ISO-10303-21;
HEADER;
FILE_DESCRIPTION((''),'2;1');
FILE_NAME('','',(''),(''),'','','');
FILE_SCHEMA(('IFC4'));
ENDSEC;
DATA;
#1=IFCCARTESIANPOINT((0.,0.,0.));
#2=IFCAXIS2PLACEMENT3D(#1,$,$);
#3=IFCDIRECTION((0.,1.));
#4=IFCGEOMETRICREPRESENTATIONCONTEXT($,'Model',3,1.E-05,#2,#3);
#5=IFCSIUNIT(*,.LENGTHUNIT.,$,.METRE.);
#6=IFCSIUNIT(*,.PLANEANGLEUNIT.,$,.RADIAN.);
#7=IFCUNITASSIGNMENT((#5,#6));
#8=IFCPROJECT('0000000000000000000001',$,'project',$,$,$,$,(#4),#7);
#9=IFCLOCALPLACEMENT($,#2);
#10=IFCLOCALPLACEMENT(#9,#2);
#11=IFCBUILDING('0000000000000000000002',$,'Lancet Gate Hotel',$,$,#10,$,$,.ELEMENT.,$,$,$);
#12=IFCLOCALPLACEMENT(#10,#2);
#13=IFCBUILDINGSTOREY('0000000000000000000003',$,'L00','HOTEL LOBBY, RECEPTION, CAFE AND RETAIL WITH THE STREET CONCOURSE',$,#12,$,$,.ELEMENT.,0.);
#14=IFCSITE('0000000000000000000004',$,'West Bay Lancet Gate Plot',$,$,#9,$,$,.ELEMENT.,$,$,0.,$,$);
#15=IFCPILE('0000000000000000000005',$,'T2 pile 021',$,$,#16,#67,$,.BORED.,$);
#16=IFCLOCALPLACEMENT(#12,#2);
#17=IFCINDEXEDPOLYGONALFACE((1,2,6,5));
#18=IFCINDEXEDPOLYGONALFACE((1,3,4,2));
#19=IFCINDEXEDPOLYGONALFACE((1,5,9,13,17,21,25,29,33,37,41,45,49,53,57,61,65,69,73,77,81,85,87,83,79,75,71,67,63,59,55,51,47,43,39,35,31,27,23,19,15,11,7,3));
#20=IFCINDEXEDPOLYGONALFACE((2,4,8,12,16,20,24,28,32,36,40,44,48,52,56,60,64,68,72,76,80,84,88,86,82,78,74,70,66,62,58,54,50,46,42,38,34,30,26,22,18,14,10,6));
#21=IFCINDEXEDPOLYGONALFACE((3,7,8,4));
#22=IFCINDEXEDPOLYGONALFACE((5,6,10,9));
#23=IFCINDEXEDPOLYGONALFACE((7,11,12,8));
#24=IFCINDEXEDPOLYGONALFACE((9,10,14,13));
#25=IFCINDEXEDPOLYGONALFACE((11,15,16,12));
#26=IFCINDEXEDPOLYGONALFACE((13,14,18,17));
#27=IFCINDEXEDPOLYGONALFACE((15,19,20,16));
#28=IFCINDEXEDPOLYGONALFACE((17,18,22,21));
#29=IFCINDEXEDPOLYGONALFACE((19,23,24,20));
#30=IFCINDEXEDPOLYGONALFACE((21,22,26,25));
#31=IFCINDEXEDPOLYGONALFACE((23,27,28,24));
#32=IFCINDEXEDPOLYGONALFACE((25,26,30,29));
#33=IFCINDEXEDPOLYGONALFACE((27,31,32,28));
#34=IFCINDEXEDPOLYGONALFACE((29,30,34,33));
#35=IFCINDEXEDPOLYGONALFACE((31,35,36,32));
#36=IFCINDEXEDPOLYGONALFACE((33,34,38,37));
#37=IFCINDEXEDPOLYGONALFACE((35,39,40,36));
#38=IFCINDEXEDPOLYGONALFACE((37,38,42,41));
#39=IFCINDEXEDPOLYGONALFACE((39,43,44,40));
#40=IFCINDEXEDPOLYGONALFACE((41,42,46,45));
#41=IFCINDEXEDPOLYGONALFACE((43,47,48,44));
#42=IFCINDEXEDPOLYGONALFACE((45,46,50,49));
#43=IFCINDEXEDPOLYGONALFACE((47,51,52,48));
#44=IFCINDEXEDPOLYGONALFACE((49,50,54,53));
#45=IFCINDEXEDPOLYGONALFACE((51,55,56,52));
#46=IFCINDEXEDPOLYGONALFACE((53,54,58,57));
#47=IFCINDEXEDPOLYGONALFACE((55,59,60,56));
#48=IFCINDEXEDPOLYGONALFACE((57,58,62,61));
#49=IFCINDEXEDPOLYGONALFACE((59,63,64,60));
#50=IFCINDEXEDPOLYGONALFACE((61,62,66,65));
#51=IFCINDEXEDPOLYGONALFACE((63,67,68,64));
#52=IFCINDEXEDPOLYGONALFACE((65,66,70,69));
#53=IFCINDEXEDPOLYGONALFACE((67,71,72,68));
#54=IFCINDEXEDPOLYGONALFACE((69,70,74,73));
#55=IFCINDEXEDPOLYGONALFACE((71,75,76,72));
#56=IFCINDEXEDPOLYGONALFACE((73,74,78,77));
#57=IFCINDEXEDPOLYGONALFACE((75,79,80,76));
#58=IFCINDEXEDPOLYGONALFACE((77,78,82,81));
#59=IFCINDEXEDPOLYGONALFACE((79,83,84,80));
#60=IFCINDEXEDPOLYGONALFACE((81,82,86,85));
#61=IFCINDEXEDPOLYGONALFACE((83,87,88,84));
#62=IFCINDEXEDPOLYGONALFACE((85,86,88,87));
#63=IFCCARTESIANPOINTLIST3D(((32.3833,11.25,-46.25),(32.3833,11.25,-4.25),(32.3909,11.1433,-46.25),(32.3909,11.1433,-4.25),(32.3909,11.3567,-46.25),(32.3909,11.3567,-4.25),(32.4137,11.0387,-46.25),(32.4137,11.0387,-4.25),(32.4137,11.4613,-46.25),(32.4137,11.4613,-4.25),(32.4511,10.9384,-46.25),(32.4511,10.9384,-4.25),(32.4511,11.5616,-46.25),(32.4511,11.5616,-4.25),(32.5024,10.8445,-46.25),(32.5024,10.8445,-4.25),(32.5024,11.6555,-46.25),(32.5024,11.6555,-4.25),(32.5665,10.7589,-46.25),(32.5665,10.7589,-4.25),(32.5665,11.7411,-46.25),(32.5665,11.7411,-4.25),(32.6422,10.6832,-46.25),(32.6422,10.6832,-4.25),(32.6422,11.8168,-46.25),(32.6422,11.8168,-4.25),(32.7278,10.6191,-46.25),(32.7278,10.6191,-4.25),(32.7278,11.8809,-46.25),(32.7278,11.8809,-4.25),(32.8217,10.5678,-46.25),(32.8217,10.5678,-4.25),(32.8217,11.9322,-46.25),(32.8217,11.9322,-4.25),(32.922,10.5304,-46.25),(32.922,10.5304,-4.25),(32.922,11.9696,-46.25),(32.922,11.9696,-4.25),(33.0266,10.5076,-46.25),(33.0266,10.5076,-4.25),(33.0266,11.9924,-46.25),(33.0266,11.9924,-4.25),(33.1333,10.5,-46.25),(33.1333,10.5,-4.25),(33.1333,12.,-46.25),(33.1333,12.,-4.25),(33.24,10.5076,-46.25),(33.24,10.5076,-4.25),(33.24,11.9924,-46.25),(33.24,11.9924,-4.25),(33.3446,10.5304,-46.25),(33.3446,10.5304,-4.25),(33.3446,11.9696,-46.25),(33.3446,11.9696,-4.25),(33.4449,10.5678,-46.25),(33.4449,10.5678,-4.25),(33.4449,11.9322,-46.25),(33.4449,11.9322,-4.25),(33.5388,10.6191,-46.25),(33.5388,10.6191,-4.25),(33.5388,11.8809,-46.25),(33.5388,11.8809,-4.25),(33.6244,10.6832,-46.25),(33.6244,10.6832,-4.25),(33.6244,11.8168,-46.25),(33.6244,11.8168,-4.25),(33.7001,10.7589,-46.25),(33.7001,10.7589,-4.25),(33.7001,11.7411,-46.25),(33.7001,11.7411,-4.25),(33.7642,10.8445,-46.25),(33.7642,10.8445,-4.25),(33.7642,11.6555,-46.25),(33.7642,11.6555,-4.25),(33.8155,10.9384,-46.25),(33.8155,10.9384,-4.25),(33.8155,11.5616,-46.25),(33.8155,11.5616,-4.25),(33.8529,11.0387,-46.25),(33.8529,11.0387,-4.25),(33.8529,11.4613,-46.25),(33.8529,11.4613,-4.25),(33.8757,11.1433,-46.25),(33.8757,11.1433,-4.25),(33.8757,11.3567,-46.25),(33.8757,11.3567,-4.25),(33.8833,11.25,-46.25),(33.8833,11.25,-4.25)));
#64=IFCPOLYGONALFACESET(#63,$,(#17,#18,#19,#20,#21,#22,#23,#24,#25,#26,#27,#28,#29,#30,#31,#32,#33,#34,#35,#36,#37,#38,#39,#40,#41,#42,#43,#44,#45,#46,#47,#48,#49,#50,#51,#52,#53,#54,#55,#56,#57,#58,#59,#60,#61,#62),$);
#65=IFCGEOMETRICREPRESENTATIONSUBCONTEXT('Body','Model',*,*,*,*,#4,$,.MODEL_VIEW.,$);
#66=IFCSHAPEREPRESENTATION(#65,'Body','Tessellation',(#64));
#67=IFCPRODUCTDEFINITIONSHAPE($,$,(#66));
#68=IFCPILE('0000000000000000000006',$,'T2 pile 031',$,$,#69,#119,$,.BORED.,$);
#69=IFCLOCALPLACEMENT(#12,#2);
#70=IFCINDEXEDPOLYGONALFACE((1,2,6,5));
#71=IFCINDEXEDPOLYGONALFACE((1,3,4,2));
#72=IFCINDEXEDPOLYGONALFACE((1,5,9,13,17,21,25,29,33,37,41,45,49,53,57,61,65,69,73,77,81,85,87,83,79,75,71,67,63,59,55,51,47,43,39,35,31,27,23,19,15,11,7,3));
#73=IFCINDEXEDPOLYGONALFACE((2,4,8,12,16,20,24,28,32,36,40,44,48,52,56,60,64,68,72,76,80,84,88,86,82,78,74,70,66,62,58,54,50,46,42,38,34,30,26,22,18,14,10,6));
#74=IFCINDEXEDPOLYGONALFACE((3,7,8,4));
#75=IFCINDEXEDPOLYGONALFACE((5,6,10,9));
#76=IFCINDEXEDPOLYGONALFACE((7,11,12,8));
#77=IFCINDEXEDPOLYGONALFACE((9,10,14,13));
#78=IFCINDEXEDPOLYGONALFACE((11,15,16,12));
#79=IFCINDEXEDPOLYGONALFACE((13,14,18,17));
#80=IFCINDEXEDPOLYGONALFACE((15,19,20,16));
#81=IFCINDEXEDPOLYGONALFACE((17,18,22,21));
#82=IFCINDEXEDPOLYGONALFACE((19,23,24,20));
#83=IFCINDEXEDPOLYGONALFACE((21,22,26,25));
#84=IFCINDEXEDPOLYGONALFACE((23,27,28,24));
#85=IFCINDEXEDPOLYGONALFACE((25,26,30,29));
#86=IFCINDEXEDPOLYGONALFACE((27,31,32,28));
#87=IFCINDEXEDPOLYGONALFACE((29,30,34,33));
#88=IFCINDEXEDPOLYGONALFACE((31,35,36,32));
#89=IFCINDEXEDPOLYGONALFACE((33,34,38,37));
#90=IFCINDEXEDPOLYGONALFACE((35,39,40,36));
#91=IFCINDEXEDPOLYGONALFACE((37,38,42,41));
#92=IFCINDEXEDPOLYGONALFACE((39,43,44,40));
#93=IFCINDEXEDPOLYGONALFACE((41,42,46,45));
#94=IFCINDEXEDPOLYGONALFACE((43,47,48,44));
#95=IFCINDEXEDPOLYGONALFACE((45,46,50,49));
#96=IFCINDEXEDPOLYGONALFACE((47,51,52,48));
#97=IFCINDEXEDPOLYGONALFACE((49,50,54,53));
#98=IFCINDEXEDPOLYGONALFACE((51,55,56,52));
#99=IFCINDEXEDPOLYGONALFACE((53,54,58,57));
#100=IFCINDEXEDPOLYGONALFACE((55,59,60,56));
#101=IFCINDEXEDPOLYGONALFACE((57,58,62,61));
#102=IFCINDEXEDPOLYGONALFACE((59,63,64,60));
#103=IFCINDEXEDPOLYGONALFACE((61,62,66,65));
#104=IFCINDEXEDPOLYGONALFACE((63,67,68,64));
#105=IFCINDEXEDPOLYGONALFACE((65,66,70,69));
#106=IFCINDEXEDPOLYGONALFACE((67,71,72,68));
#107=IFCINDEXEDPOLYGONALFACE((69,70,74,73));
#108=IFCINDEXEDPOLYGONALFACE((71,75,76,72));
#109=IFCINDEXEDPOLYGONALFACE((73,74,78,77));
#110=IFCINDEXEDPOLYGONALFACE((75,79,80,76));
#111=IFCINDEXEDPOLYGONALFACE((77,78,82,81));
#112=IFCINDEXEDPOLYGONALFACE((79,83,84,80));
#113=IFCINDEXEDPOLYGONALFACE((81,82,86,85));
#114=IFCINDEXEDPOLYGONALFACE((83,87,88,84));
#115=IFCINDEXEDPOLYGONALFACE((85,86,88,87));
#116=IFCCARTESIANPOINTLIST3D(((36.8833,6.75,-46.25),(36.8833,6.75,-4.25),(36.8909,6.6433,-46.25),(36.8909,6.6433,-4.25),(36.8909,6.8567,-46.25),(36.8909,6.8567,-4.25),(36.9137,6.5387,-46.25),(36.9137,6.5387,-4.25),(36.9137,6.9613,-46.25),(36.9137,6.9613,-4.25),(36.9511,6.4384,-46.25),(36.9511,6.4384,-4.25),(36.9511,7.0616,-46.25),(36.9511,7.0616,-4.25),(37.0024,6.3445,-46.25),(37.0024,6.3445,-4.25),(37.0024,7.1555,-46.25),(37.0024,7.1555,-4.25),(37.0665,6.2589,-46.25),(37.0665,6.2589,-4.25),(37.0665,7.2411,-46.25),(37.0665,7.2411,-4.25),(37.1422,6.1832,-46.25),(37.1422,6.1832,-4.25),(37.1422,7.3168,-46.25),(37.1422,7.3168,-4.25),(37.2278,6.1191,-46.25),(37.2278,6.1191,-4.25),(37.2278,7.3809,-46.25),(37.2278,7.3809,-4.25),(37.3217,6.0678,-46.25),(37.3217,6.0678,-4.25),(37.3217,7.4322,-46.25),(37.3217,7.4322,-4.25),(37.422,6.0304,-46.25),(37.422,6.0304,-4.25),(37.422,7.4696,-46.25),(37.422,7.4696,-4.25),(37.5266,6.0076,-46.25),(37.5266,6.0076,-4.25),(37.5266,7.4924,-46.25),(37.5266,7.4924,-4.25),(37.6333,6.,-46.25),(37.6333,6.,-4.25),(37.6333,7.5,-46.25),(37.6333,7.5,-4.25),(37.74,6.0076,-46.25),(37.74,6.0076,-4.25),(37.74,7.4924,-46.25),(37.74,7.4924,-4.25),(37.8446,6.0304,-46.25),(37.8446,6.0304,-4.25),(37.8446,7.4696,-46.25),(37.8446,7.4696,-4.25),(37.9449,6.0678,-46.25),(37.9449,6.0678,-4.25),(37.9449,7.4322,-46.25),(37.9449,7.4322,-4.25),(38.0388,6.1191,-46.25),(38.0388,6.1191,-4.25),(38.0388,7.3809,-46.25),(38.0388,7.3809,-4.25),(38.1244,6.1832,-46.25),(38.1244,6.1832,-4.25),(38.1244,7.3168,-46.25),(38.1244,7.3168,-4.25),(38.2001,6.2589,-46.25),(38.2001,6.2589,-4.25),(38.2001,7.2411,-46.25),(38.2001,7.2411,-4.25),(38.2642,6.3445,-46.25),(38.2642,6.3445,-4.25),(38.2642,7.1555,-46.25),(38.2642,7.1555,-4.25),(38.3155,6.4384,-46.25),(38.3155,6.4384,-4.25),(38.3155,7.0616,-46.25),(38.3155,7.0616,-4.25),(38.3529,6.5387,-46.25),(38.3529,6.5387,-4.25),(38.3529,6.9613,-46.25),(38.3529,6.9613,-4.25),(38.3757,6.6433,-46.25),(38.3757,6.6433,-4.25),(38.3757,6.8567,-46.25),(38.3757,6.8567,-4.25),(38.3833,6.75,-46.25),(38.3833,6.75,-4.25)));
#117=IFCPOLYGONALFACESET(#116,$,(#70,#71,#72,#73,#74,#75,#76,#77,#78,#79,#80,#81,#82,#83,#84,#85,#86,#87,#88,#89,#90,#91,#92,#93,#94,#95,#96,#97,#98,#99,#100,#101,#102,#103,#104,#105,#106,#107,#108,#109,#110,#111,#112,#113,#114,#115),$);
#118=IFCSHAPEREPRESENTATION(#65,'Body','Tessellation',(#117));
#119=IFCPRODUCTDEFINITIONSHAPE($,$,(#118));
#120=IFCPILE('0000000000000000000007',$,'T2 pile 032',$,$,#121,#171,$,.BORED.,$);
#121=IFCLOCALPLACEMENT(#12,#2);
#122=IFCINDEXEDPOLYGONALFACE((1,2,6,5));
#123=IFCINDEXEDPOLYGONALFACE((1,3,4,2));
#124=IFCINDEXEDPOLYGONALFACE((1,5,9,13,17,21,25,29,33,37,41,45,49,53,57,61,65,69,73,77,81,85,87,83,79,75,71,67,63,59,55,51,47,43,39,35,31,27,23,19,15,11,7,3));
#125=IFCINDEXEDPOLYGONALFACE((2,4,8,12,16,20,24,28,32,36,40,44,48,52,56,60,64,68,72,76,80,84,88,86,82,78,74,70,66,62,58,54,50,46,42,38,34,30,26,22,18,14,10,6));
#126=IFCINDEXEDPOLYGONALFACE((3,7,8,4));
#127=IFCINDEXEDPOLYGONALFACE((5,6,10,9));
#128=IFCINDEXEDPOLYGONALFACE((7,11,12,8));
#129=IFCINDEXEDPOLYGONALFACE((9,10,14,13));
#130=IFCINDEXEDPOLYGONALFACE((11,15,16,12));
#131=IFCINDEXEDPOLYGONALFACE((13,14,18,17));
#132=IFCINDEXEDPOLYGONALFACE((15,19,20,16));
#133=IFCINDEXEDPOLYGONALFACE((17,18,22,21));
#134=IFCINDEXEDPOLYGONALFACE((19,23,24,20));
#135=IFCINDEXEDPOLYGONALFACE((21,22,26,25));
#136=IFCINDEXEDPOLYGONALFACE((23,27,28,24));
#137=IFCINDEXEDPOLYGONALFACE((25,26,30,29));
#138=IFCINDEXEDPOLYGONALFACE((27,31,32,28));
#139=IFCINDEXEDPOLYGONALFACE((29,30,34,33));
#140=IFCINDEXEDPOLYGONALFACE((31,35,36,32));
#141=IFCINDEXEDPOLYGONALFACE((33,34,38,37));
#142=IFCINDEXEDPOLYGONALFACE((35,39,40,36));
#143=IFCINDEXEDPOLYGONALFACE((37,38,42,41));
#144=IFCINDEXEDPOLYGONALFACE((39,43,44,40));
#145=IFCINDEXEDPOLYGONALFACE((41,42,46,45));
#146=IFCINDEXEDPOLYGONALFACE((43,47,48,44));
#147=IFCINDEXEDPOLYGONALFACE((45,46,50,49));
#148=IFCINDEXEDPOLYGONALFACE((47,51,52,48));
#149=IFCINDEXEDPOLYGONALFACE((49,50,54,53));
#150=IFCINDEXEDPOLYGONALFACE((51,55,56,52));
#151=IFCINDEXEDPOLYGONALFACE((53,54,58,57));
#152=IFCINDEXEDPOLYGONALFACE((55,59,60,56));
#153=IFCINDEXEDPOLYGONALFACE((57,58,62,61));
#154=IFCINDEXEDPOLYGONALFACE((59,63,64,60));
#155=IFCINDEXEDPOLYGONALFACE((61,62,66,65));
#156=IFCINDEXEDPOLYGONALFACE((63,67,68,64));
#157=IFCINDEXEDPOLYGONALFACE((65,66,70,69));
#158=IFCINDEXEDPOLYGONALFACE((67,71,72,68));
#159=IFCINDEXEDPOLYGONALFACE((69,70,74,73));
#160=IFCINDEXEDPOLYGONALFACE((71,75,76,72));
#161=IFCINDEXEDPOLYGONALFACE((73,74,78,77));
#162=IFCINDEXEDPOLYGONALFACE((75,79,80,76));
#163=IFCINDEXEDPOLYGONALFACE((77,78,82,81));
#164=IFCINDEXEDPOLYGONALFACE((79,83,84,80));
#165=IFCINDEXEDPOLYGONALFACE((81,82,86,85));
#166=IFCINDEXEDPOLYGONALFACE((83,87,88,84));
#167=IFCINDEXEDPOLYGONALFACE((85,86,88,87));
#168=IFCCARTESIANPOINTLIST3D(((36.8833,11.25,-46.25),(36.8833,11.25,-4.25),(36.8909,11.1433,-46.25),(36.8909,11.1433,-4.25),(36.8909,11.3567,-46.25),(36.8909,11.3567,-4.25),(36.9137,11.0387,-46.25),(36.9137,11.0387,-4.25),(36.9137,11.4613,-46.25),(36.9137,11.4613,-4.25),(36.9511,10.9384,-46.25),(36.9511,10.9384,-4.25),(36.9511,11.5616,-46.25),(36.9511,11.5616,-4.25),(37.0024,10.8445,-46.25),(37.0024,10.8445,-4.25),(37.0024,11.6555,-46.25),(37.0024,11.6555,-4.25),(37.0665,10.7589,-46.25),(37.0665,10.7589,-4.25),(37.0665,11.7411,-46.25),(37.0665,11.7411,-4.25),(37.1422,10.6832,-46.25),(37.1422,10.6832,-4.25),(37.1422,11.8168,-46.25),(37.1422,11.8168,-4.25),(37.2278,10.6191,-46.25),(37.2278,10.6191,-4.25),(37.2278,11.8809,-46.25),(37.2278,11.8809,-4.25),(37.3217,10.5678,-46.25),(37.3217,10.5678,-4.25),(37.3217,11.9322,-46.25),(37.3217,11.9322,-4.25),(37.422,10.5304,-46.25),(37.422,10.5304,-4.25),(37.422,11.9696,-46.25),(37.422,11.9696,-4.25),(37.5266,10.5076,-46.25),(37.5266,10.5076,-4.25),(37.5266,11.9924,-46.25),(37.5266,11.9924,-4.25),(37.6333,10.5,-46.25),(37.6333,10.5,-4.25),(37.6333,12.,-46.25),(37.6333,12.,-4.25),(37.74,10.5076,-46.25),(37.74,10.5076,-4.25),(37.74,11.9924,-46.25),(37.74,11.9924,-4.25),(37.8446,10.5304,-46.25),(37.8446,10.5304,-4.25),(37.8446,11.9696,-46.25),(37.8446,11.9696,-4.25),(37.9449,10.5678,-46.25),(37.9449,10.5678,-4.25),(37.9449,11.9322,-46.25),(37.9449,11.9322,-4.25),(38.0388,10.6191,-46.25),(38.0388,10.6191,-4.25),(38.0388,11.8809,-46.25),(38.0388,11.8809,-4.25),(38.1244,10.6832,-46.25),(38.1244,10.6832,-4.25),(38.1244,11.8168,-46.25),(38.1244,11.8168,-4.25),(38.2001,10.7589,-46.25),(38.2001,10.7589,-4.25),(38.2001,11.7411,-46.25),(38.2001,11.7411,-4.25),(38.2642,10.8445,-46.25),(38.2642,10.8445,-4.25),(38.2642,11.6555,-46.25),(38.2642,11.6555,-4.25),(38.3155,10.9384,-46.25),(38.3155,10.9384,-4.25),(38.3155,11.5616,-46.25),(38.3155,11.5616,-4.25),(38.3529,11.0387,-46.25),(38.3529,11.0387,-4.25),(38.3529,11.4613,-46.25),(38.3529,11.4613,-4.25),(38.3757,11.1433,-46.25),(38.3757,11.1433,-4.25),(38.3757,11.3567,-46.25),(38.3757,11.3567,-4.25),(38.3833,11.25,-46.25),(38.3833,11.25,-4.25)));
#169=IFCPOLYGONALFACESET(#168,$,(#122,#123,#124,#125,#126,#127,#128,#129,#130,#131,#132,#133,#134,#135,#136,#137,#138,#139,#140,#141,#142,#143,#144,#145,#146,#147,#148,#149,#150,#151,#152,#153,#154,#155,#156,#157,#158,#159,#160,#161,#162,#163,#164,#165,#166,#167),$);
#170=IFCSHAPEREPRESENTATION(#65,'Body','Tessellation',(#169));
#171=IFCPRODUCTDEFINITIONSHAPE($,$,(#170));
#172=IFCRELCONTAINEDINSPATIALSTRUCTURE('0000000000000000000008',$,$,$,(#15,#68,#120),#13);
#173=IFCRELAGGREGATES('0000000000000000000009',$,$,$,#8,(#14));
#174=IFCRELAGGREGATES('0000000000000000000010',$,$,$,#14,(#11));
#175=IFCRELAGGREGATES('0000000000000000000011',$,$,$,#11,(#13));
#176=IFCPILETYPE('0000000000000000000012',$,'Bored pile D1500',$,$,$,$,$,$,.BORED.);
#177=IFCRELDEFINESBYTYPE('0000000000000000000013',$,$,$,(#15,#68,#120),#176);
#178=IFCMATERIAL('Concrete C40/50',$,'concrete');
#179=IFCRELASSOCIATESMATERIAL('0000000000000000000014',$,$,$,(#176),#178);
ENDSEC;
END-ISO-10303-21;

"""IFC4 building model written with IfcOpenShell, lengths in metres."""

from ifc_helpers import new_model, si_unit, direction, frame, origin, origin_2d, place, context, subcontext, project, spatial, circle, extrude, material, material_profile, profile_set, type_object, element, save


model = new_model("IFC4")

# Units and contexts
model_context = context("Model", 3, precision=1e-05, world=origin(), true_north=direction((0.0, 1.0)))
body_context = subcontext(model_context, "Body", "Model", "MODEL_VIEW")
ifc_project = project(units=[si_unit("LENGTHUNIT", "METRE"), si_unit("PLANEANGLEUNIT", "RADIAN")], contexts=[model_context])

# Site, building, storey
site_placement = place(None, origin())
site = spatial("IfcSite", under=ifc_project, at=site_placement, Name="West Bay Lancet Gate Plot", CompositionType="ELEMENT", RefElevation=0.0)
building_placement = place(site_placement, origin())
building = spatial("IfcBuilding", under=site, at=building_placement, Name="Lancet Gate Hotel", CompositionType="ELEMENT")
storey_placement = place(building_placement, origin())
storey = spatial("IfcBuildingStorey", under=building, at=storey_placement, Name="L00", Description="HOTEL LOBBY, RECEPTION, CAFE AND RETAIL WITH THE STREET CONCOURSE", CompositionType="ELEMENT", Elevation=0.0)

# Piles
ifc_material_1 = material(Name="Concrete C40/50", Category="concrete")
ifc_material_profile_1 = material_profile(ifc_material_1, circle(Radius=0.75, at=origin_2d()), Name="PILE D1500")
ifc_profile_set_1 = profile_set([ifc_material_profile_1], Name="Concrete C40/50")
pile_type = type_object("IfcPileType", Name="Bored pile D1500", PredefinedType="BORED", material=ifc_profile_set_1)
for number, where, z_axis, x_axis, name in (
    (1, (33.1333, 11.25, -4.25), (0.0, 0.0, -1.0), (1.0, 0.0, 0.0), "T2 pile 021"),
    (2, (37.6333, 6.75, -4.25), (0.0, 0.0, -1.0), (1.0, 0.0, 0.0), "T2 pile 031"),
    (3, (37.6333, 11.25, -4.25), (0.0, 0.0, -1.0), (1.0, 0.0, 0.0), "T2 pile 032"),
):
    element("IfcPile", number, at=place(storey_placement, frame(where, z_axis=z_axis, x_axis=x_axis)), inside=storey, type_object=pile_type, Name=name, PredefinedType="BORED", context=body_context, shape_type="SweptSolid", body=[
        extrude(circle(Radius=0.75, at=origin_2d()), origin(), (0.0, 0.0, 1.0), 42.0),
    ])

save(model, "model.ifc")
